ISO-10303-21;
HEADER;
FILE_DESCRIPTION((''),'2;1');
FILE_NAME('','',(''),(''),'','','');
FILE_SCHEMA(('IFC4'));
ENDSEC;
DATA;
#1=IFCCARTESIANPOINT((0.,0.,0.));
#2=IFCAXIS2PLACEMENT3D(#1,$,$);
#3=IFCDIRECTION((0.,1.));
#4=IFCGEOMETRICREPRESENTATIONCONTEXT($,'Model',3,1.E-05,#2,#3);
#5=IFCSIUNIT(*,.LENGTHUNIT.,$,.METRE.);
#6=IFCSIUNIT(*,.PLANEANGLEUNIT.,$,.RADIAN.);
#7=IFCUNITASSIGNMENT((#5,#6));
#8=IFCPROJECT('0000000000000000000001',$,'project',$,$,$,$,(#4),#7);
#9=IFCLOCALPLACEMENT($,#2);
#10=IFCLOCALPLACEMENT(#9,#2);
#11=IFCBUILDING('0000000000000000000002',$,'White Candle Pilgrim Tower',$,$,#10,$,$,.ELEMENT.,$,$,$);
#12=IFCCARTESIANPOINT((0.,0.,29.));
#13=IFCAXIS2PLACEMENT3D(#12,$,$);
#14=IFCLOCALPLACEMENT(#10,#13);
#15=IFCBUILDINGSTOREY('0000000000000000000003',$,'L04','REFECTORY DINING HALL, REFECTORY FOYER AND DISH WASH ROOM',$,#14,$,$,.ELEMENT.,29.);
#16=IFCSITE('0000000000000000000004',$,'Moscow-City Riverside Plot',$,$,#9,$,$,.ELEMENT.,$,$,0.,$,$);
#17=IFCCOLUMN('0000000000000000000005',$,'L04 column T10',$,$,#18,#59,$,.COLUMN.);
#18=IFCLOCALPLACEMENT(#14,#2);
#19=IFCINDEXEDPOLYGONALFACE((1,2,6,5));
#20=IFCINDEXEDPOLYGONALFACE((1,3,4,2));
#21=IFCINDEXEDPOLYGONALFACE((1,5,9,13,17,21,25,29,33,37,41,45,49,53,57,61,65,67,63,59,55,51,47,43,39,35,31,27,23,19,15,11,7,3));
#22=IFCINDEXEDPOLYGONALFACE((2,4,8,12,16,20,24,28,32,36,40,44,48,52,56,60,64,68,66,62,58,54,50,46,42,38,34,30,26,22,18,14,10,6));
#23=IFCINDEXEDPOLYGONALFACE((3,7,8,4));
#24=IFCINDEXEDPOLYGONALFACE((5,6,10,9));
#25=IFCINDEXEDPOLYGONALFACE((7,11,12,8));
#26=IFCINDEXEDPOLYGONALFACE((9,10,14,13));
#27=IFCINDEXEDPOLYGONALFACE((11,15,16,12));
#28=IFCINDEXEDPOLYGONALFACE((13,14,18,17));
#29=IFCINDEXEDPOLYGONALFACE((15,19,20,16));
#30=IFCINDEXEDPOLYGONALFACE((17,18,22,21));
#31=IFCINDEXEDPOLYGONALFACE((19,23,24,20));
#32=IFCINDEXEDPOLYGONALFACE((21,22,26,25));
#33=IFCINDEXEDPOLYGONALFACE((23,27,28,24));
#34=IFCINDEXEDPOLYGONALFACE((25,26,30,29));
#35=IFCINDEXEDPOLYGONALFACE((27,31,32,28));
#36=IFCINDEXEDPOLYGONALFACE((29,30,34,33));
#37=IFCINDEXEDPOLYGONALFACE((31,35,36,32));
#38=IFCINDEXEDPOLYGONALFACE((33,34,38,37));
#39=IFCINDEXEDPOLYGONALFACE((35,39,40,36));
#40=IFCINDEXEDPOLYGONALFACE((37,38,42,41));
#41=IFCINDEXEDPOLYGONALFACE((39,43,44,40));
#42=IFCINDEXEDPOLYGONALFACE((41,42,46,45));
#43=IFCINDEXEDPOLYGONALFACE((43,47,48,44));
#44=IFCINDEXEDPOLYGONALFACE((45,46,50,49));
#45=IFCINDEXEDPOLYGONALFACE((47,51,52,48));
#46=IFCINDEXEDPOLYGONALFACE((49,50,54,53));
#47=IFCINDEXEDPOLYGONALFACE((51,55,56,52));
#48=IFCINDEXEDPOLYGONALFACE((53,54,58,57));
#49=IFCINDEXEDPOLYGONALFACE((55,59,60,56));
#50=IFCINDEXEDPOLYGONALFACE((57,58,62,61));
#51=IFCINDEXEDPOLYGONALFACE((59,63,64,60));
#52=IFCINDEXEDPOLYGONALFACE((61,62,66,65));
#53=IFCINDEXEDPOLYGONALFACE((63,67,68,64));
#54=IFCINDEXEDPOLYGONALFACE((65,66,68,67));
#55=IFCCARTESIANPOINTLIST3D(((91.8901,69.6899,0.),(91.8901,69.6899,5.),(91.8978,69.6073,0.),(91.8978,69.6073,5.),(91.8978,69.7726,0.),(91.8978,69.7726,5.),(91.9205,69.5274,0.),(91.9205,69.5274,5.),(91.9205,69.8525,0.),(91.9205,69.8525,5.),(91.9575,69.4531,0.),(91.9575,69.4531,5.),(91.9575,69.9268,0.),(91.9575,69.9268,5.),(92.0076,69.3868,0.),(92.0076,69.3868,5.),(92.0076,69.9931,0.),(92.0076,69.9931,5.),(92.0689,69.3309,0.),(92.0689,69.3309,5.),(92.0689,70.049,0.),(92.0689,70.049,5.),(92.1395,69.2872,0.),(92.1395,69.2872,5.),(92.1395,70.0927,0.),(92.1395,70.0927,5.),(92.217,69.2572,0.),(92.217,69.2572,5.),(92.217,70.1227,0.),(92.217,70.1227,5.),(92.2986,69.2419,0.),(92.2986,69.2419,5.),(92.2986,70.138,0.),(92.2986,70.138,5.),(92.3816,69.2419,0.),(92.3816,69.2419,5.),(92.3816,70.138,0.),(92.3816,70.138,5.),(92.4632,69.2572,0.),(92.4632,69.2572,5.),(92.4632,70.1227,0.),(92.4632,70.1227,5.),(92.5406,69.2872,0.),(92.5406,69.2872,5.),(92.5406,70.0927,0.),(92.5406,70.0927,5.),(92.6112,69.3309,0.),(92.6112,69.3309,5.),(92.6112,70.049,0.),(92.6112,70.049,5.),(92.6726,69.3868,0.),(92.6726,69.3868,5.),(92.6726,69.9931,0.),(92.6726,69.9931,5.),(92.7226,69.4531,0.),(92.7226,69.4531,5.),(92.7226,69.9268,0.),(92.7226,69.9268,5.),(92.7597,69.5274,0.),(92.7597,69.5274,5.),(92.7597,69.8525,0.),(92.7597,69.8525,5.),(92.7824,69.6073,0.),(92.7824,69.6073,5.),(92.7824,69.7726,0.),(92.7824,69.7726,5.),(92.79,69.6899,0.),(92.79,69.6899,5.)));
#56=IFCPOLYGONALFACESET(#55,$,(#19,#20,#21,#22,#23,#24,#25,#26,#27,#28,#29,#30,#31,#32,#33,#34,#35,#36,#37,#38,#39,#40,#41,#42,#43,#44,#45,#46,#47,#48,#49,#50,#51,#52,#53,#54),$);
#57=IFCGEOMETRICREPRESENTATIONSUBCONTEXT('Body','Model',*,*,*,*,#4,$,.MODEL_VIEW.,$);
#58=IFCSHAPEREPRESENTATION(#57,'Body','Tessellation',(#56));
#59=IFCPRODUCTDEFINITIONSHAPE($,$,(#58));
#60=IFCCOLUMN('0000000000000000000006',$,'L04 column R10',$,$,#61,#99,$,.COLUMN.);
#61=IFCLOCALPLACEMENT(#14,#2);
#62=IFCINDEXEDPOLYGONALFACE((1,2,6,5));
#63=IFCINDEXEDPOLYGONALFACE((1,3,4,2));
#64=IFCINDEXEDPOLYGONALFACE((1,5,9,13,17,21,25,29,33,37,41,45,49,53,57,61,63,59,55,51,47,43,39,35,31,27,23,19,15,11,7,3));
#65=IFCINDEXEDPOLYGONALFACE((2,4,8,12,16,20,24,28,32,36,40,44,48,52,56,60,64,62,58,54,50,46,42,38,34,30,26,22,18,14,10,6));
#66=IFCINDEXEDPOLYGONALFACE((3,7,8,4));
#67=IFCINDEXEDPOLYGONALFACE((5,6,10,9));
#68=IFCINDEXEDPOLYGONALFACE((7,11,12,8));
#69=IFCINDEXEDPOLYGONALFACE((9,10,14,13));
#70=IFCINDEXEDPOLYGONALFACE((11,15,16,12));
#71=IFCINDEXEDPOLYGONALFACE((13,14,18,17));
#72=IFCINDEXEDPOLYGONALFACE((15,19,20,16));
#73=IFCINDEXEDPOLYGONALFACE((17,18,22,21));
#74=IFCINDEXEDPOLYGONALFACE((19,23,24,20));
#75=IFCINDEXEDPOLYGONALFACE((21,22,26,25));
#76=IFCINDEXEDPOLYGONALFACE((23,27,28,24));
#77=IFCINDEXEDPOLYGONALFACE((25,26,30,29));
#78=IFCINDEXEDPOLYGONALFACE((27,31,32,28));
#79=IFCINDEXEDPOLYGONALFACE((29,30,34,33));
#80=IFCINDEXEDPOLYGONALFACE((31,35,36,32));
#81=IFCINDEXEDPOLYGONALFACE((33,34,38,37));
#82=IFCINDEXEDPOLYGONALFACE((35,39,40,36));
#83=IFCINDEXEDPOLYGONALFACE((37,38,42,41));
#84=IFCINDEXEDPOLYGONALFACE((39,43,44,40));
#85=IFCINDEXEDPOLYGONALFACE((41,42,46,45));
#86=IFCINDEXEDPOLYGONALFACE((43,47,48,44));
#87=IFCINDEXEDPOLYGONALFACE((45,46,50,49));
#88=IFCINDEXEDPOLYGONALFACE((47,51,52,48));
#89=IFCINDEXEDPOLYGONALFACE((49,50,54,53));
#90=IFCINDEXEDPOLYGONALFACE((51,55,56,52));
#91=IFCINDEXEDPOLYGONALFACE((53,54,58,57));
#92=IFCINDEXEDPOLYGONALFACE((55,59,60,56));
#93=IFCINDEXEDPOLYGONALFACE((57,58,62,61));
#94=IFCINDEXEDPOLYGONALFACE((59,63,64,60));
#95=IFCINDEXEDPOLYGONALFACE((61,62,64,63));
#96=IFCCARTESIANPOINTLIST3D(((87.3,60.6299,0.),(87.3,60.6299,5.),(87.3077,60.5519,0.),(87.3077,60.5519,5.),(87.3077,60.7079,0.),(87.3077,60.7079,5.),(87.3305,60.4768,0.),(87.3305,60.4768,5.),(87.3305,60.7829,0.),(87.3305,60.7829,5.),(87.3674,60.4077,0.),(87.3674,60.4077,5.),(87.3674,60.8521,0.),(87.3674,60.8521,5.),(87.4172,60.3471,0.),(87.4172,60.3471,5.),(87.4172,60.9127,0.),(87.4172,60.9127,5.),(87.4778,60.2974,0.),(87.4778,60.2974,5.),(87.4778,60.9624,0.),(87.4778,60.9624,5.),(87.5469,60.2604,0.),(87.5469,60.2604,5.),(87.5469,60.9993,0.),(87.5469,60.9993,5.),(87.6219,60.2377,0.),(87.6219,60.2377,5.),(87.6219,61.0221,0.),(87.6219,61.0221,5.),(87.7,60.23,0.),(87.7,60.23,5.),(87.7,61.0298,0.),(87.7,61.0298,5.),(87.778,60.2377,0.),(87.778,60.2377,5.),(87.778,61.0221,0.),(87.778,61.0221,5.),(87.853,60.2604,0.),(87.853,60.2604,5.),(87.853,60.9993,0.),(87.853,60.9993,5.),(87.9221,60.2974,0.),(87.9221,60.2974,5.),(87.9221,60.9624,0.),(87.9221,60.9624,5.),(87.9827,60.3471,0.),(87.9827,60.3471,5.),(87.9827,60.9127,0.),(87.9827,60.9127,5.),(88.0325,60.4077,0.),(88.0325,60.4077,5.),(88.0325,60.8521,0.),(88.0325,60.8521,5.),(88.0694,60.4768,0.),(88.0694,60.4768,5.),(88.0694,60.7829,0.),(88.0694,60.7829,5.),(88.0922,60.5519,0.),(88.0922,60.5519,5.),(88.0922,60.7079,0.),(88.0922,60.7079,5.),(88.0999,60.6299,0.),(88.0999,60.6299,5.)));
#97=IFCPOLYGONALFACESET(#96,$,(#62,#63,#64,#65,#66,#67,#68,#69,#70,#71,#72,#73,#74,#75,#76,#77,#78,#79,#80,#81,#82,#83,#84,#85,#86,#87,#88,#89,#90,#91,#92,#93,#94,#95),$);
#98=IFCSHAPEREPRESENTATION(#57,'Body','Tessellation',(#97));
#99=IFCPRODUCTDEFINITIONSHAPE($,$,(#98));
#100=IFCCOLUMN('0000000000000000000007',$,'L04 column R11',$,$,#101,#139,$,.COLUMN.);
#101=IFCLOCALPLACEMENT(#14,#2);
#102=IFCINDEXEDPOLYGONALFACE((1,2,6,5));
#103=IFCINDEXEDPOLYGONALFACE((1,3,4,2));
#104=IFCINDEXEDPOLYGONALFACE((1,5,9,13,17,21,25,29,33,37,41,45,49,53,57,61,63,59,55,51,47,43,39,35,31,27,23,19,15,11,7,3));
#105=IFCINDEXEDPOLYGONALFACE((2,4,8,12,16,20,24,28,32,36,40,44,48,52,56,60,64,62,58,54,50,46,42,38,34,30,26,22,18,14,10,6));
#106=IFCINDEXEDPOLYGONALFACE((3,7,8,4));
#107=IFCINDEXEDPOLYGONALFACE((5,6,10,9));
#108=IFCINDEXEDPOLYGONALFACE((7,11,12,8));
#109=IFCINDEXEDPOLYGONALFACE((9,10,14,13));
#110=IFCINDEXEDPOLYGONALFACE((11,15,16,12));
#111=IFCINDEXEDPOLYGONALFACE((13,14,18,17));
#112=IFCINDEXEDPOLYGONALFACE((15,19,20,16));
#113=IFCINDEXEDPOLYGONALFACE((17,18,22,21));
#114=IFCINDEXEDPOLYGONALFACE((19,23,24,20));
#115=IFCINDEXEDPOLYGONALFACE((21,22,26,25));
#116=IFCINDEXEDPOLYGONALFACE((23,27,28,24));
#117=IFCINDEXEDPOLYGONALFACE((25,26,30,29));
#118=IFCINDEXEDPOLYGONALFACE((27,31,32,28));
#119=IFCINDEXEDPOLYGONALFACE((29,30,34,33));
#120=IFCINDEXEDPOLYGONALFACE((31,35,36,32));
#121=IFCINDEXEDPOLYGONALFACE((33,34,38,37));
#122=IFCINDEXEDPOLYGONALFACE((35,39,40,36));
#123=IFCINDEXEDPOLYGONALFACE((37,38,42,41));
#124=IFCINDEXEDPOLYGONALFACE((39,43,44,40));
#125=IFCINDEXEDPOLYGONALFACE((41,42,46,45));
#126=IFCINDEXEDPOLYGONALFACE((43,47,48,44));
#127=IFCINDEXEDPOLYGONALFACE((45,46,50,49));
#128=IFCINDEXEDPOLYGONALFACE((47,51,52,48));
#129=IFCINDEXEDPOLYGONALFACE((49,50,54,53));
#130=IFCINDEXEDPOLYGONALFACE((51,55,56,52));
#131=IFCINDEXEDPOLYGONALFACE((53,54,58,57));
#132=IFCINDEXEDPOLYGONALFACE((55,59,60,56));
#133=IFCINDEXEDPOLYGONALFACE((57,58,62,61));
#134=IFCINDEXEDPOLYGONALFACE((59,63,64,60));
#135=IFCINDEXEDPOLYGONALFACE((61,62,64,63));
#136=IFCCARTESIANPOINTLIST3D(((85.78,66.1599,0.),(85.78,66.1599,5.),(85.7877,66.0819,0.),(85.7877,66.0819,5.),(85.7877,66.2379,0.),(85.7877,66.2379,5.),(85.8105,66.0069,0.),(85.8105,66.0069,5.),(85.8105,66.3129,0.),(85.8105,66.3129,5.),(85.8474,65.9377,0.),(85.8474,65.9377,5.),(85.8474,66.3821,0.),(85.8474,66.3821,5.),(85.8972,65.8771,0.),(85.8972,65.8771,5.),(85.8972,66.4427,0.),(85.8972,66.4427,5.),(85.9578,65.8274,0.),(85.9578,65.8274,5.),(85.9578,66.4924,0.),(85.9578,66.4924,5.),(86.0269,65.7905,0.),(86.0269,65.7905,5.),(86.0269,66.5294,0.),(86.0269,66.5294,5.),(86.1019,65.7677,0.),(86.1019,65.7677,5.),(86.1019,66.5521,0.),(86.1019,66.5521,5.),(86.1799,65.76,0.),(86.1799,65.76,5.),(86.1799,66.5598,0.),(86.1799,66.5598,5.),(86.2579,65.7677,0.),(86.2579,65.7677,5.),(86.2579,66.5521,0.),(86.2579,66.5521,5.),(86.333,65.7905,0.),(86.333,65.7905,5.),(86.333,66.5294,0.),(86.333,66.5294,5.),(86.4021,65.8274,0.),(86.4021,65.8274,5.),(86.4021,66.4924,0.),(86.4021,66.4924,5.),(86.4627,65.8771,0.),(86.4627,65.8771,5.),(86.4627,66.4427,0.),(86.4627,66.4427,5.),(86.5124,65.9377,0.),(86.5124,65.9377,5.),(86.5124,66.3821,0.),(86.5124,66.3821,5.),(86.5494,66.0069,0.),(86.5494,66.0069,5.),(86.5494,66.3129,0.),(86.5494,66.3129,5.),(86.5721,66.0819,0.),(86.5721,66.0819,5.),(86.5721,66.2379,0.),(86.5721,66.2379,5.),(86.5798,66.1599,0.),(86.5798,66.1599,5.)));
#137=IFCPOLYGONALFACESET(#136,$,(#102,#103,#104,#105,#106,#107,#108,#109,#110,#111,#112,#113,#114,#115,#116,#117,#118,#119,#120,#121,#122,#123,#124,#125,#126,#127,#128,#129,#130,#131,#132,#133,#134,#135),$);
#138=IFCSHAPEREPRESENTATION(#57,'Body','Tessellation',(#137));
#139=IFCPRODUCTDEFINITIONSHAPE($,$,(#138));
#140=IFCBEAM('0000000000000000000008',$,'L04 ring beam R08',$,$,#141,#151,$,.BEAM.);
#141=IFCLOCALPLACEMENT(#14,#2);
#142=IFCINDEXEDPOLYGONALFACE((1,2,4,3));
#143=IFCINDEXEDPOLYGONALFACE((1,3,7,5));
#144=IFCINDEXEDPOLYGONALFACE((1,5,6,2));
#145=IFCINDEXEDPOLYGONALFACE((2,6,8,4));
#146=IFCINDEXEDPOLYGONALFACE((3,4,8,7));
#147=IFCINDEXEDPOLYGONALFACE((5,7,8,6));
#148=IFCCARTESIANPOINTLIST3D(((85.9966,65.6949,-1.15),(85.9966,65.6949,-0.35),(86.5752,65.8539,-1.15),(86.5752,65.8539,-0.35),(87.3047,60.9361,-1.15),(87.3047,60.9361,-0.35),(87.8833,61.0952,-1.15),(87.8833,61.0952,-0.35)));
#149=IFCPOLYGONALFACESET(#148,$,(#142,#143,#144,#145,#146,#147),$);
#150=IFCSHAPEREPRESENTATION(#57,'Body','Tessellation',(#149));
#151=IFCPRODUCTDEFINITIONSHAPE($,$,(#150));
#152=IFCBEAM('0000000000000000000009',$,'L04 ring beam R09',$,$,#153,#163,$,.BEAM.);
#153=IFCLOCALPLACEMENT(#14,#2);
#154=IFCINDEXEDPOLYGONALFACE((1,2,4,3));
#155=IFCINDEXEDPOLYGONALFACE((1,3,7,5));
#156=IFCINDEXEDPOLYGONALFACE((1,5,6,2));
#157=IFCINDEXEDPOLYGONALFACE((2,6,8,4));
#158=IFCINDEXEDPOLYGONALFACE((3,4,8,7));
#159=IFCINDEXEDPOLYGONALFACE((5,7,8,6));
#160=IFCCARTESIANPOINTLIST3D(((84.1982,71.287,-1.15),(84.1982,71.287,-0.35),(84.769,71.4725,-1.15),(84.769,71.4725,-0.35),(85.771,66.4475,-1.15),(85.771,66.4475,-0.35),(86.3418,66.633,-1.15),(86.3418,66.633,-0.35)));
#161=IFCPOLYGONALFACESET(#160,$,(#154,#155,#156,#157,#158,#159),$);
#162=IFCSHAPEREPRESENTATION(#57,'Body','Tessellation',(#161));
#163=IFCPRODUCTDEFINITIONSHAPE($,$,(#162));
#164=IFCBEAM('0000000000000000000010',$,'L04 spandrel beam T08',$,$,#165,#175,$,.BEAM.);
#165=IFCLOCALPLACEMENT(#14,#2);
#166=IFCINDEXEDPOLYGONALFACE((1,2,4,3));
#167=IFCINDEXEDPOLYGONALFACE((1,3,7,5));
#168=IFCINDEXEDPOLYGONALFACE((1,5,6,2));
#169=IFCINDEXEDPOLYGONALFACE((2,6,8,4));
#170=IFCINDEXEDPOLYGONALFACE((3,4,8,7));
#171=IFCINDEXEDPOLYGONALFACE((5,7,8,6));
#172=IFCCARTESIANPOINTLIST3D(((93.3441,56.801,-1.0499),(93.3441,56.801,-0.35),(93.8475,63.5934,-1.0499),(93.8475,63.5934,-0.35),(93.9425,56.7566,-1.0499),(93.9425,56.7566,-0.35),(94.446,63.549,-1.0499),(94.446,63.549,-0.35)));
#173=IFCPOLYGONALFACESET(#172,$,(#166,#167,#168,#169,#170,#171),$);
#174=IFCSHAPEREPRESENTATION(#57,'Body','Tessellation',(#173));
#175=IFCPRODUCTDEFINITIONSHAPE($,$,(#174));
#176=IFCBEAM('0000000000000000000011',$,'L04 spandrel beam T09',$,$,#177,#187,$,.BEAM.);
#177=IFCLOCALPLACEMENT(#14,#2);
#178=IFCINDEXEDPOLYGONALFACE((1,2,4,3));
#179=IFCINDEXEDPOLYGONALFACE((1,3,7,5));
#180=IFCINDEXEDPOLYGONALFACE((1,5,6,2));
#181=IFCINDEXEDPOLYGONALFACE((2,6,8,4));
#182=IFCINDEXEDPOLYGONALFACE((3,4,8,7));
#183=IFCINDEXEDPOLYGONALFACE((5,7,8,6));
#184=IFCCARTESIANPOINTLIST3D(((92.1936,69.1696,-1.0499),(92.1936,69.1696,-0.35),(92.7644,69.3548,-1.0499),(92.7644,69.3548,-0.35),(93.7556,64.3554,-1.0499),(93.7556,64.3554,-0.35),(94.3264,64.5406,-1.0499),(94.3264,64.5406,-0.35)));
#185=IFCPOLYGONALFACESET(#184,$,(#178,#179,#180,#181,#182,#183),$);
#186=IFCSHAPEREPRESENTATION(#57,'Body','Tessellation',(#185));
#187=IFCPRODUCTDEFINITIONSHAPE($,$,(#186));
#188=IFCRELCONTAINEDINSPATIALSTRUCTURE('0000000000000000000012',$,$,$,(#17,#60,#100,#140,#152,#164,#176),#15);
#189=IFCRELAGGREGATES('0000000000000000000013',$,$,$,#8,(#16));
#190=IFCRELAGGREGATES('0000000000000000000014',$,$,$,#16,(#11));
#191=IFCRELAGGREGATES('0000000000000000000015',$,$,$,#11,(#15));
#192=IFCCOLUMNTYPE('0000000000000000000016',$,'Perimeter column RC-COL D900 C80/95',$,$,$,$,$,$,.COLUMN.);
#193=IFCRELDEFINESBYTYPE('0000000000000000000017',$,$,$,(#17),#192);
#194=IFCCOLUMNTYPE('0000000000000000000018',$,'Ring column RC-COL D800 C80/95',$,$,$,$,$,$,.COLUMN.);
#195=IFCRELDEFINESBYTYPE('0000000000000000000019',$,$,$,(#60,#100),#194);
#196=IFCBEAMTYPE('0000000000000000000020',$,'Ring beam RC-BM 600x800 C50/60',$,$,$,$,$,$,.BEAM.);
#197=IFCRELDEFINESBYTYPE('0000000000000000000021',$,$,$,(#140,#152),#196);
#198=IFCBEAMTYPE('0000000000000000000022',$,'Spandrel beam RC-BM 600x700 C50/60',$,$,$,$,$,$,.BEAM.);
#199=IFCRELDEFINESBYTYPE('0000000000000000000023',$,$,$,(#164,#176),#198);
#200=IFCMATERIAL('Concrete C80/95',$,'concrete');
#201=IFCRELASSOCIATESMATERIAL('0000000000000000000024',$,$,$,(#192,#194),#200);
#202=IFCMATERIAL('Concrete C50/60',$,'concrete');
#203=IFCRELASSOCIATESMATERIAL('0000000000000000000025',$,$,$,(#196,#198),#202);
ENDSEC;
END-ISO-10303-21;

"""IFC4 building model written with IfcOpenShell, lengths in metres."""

from ifc_helpers import new_model, si_unit, direction, frame, origin, origin_2d, place, context, subcontext, project, spatial, rectangle, circle, extrude, material, material_profile, profile_set, type_object, element, save


model = new_model("IFC4")

# Units and contexts
model_context = context("Model", 3, precision=1e-05, world=origin(), true_north=direction((0.0, 1.0)))
body_context = subcontext(model_context, "Body", "Model", "MODEL_VIEW")
ifc_project = project(units=[si_unit("LENGTHUNIT", "METRE"), si_unit("PLANEANGLEUNIT", "RADIAN")], contexts=[model_context])

# Site, building, storey
site_placement = place(None, origin())
site = spatial("IfcSite", under=ifc_project, at=site_placement, Name="Moscow-City Riverside Plot", CompositionType="ELEMENT", RefElevation=0.0)
building_placement = place(site_placement, origin())
building = spatial("IfcBuilding", under=site, at=building_placement, Name="White Candle Pilgrim Tower", CompositionType="ELEMENT")
storey_placement = place(building_placement, frame((0.0, 0.0, 29.0)))
storey = spatial("IfcBuildingStorey", under=building, at=storey_placement, Name="L04", Description="REFECTORY DINING HALL, REFECTORY FOYER AND DISH WASH ROOM", CompositionType="ELEMENT", Elevation=29.0)

# Columns
ifc_material_1 = material(Name="Concrete C80/95", Category="concrete")
ifc_material_profile_1 = material_profile(ifc_material_1, circle(Radius=0.45, at=origin_2d()), Name="RC-COL D900")
ifc_profile_set_1 = profile_set([ifc_material_profile_1], Name="Concrete C80/95")
column_type_1 = type_object("IfcColumnType", Name="Perimeter column RC-COL D900 C80/95", PredefinedType="COLUMN", material=ifc_profile_set_1)
column_placement = place(storey_placement, frame((92.3401, 69.6899, 0.0), z_axis=(0.0, 0.0, 1.0), x_axis=(1.0, 0.0, 0.0)))
element("IfcColumn", 1, at=column_placement, inside=storey, type_object=column_type_1, Name="L04 column T10", PredefinedType="COLUMN", context=body_context, shape_type="SweptSolid", body=[
    extrude(circle(Radius=0.45, at=origin_2d()), origin(), (0.0, 0.0, 1.0), 5.0),
])
ifc_material_profile_2 = material_profile(ifc_material_1, circle(Radius=0.3999, at=origin_2d()), Name="RC-COL D800")
ifc_profile_set_2 = profile_set([ifc_material_profile_2], Name="Concrete C80/95")
column_type_2 = type_object("IfcColumnType", Name="Ring column RC-COL D800 C80/95", PredefinedType="COLUMN", material=ifc_profile_set_2)
for number, where, z_axis, x_axis, name in (
    (2, (87.7, 60.6299, 0.0), (0.0, 0.0, 1.0), (1.0, 0.0, 0.0), "L04 column R10"),
    (3, (86.1799, 66.1599, 0.0), (0.0, 0.0, 1.0), (1.0, 0.0, 0.0), "L04 column R11"),
):
    element("IfcColumn", number, at=place(storey_placement, frame(where, z_axis=z_axis, x_axis=x_axis)), inside=storey, type_object=column_type_2, Name=name, PredefinedType="COLUMN", context=body_context, shape_type="SweptSolid", body=[
        extrude(circle(Radius=0.3999, at=origin_2d()), origin(), (0.0, 0.0, 1.0), 5.0),
    ])

# Beams
ifc_material_2 = material(Name="Concrete C50/60", Category="concrete")
ifc_material_profile_3 = material_profile(ifc_material_2, rectangle(XDim=0.6001, YDim=0.8, at=origin_2d()), Name="RC-BM 600x800")
ifc_profile_set_3 = profile_set([ifc_material_profile_3], Name="Concrete C50/60")
beam_type_1 = type_object("IfcBeamType", Name="Ring beam RC-BM 600x800 C50/60", PredefinedType="BEAM", material=ifc_profile_set_3)
beam_1_placement = place(storey_placement, frame((87.594, 61.0156, -0.75), z_axis=(-0.265051, 0.964234, 0.0), x_axis=(-0.964234, -0.265051, 0.0)))
element("IfcBeam", 4, at=beam_1_placement, inside=storey, type_object=beam_type_1, Name="L04 ring beam R08", PredefinedType="BEAM", context=body_context, shape_type="SweptSolid", body=[
    extrude(rectangle(XDim=0.6001, YDim=0.8, at=origin_2d()), origin(), (0.0, 0.0, 1.0), 4.9353),
])
beam_2_placement = place(storey_placement, frame((86.0564, 66.5403, -0.75), z_axis=(-0.30908, 0.951036, 0.0), x_axis=(-0.951036, -0.30908, 0.0)))
element("IfcBeam", 5, at=beam_2_placement, inside=storey, type_object=beam_type_1, Name="L04 ring beam R09", PredefinedType="BEAM", context=body_context, shape_type="SweptSolid", body=[
    extrude(rectangle(XDim=0.6001, YDim=0.8, at=origin_2d()), origin(), (0.0, 0.0, 1.0), 5.0886),
])
ifc_material_profile_4 = material_profile(ifc_material_2, rectangle(XDim=0.6001, YDim=0.7, at=origin_2d()), Name="RC-BM 600x700")
ifc_profile_set_4 = profile_set([ifc_material_profile_4], Name="Concrete C50/60")
beam_type_2 = type_object("IfcBeamType", Name="Spandrel beam RC-BM 600x700 C50/60", PredefinedType="BEAM", material=ifc_profile_set_4)
beam_3_placement = place(storey_placement, frame((93.6433, 56.7788, -0.7), z_axis=(0.073911, 0.997265, 0.0), x_axis=(-0.997265, 0.073911, 0.0)))
element("IfcBeam", 6, at=beam_3_placement, inside=storey, type_object=beam_type_2, Name="L04 spandrel beam T08", PredefinedType="BEAM", context=body_context, shape_type="SweptSolid", body=[
    extrude(rectangle(XDim=0.6001, YDim=0.7, at=origin_2d()), origin(), (0.0, 0.0, 1.0), 6.811),
])
beam_4_placement = place(storey_placement, frame((94.041, 64.448, -0.7), z_axis=(-0.30862, 0.951185, 0.0), x_axis=(-0.951185, -0.30862, 0.0)))
element("IfcBeam", 7, at=beam_4_placement, inside=storey, type_object=beam_type_2, Name="L04 spandrel beam T09", PredefinedType="BEAM", context=body_context, shape_type="SweptSolid", body=[
    extrude(rectangle(XDim=0.6001, YDim=0.7, at=origin_2d()), origin(), (0.0, 0.0, 1.0), 5.0613),
])

save(model, "model.ifc")
